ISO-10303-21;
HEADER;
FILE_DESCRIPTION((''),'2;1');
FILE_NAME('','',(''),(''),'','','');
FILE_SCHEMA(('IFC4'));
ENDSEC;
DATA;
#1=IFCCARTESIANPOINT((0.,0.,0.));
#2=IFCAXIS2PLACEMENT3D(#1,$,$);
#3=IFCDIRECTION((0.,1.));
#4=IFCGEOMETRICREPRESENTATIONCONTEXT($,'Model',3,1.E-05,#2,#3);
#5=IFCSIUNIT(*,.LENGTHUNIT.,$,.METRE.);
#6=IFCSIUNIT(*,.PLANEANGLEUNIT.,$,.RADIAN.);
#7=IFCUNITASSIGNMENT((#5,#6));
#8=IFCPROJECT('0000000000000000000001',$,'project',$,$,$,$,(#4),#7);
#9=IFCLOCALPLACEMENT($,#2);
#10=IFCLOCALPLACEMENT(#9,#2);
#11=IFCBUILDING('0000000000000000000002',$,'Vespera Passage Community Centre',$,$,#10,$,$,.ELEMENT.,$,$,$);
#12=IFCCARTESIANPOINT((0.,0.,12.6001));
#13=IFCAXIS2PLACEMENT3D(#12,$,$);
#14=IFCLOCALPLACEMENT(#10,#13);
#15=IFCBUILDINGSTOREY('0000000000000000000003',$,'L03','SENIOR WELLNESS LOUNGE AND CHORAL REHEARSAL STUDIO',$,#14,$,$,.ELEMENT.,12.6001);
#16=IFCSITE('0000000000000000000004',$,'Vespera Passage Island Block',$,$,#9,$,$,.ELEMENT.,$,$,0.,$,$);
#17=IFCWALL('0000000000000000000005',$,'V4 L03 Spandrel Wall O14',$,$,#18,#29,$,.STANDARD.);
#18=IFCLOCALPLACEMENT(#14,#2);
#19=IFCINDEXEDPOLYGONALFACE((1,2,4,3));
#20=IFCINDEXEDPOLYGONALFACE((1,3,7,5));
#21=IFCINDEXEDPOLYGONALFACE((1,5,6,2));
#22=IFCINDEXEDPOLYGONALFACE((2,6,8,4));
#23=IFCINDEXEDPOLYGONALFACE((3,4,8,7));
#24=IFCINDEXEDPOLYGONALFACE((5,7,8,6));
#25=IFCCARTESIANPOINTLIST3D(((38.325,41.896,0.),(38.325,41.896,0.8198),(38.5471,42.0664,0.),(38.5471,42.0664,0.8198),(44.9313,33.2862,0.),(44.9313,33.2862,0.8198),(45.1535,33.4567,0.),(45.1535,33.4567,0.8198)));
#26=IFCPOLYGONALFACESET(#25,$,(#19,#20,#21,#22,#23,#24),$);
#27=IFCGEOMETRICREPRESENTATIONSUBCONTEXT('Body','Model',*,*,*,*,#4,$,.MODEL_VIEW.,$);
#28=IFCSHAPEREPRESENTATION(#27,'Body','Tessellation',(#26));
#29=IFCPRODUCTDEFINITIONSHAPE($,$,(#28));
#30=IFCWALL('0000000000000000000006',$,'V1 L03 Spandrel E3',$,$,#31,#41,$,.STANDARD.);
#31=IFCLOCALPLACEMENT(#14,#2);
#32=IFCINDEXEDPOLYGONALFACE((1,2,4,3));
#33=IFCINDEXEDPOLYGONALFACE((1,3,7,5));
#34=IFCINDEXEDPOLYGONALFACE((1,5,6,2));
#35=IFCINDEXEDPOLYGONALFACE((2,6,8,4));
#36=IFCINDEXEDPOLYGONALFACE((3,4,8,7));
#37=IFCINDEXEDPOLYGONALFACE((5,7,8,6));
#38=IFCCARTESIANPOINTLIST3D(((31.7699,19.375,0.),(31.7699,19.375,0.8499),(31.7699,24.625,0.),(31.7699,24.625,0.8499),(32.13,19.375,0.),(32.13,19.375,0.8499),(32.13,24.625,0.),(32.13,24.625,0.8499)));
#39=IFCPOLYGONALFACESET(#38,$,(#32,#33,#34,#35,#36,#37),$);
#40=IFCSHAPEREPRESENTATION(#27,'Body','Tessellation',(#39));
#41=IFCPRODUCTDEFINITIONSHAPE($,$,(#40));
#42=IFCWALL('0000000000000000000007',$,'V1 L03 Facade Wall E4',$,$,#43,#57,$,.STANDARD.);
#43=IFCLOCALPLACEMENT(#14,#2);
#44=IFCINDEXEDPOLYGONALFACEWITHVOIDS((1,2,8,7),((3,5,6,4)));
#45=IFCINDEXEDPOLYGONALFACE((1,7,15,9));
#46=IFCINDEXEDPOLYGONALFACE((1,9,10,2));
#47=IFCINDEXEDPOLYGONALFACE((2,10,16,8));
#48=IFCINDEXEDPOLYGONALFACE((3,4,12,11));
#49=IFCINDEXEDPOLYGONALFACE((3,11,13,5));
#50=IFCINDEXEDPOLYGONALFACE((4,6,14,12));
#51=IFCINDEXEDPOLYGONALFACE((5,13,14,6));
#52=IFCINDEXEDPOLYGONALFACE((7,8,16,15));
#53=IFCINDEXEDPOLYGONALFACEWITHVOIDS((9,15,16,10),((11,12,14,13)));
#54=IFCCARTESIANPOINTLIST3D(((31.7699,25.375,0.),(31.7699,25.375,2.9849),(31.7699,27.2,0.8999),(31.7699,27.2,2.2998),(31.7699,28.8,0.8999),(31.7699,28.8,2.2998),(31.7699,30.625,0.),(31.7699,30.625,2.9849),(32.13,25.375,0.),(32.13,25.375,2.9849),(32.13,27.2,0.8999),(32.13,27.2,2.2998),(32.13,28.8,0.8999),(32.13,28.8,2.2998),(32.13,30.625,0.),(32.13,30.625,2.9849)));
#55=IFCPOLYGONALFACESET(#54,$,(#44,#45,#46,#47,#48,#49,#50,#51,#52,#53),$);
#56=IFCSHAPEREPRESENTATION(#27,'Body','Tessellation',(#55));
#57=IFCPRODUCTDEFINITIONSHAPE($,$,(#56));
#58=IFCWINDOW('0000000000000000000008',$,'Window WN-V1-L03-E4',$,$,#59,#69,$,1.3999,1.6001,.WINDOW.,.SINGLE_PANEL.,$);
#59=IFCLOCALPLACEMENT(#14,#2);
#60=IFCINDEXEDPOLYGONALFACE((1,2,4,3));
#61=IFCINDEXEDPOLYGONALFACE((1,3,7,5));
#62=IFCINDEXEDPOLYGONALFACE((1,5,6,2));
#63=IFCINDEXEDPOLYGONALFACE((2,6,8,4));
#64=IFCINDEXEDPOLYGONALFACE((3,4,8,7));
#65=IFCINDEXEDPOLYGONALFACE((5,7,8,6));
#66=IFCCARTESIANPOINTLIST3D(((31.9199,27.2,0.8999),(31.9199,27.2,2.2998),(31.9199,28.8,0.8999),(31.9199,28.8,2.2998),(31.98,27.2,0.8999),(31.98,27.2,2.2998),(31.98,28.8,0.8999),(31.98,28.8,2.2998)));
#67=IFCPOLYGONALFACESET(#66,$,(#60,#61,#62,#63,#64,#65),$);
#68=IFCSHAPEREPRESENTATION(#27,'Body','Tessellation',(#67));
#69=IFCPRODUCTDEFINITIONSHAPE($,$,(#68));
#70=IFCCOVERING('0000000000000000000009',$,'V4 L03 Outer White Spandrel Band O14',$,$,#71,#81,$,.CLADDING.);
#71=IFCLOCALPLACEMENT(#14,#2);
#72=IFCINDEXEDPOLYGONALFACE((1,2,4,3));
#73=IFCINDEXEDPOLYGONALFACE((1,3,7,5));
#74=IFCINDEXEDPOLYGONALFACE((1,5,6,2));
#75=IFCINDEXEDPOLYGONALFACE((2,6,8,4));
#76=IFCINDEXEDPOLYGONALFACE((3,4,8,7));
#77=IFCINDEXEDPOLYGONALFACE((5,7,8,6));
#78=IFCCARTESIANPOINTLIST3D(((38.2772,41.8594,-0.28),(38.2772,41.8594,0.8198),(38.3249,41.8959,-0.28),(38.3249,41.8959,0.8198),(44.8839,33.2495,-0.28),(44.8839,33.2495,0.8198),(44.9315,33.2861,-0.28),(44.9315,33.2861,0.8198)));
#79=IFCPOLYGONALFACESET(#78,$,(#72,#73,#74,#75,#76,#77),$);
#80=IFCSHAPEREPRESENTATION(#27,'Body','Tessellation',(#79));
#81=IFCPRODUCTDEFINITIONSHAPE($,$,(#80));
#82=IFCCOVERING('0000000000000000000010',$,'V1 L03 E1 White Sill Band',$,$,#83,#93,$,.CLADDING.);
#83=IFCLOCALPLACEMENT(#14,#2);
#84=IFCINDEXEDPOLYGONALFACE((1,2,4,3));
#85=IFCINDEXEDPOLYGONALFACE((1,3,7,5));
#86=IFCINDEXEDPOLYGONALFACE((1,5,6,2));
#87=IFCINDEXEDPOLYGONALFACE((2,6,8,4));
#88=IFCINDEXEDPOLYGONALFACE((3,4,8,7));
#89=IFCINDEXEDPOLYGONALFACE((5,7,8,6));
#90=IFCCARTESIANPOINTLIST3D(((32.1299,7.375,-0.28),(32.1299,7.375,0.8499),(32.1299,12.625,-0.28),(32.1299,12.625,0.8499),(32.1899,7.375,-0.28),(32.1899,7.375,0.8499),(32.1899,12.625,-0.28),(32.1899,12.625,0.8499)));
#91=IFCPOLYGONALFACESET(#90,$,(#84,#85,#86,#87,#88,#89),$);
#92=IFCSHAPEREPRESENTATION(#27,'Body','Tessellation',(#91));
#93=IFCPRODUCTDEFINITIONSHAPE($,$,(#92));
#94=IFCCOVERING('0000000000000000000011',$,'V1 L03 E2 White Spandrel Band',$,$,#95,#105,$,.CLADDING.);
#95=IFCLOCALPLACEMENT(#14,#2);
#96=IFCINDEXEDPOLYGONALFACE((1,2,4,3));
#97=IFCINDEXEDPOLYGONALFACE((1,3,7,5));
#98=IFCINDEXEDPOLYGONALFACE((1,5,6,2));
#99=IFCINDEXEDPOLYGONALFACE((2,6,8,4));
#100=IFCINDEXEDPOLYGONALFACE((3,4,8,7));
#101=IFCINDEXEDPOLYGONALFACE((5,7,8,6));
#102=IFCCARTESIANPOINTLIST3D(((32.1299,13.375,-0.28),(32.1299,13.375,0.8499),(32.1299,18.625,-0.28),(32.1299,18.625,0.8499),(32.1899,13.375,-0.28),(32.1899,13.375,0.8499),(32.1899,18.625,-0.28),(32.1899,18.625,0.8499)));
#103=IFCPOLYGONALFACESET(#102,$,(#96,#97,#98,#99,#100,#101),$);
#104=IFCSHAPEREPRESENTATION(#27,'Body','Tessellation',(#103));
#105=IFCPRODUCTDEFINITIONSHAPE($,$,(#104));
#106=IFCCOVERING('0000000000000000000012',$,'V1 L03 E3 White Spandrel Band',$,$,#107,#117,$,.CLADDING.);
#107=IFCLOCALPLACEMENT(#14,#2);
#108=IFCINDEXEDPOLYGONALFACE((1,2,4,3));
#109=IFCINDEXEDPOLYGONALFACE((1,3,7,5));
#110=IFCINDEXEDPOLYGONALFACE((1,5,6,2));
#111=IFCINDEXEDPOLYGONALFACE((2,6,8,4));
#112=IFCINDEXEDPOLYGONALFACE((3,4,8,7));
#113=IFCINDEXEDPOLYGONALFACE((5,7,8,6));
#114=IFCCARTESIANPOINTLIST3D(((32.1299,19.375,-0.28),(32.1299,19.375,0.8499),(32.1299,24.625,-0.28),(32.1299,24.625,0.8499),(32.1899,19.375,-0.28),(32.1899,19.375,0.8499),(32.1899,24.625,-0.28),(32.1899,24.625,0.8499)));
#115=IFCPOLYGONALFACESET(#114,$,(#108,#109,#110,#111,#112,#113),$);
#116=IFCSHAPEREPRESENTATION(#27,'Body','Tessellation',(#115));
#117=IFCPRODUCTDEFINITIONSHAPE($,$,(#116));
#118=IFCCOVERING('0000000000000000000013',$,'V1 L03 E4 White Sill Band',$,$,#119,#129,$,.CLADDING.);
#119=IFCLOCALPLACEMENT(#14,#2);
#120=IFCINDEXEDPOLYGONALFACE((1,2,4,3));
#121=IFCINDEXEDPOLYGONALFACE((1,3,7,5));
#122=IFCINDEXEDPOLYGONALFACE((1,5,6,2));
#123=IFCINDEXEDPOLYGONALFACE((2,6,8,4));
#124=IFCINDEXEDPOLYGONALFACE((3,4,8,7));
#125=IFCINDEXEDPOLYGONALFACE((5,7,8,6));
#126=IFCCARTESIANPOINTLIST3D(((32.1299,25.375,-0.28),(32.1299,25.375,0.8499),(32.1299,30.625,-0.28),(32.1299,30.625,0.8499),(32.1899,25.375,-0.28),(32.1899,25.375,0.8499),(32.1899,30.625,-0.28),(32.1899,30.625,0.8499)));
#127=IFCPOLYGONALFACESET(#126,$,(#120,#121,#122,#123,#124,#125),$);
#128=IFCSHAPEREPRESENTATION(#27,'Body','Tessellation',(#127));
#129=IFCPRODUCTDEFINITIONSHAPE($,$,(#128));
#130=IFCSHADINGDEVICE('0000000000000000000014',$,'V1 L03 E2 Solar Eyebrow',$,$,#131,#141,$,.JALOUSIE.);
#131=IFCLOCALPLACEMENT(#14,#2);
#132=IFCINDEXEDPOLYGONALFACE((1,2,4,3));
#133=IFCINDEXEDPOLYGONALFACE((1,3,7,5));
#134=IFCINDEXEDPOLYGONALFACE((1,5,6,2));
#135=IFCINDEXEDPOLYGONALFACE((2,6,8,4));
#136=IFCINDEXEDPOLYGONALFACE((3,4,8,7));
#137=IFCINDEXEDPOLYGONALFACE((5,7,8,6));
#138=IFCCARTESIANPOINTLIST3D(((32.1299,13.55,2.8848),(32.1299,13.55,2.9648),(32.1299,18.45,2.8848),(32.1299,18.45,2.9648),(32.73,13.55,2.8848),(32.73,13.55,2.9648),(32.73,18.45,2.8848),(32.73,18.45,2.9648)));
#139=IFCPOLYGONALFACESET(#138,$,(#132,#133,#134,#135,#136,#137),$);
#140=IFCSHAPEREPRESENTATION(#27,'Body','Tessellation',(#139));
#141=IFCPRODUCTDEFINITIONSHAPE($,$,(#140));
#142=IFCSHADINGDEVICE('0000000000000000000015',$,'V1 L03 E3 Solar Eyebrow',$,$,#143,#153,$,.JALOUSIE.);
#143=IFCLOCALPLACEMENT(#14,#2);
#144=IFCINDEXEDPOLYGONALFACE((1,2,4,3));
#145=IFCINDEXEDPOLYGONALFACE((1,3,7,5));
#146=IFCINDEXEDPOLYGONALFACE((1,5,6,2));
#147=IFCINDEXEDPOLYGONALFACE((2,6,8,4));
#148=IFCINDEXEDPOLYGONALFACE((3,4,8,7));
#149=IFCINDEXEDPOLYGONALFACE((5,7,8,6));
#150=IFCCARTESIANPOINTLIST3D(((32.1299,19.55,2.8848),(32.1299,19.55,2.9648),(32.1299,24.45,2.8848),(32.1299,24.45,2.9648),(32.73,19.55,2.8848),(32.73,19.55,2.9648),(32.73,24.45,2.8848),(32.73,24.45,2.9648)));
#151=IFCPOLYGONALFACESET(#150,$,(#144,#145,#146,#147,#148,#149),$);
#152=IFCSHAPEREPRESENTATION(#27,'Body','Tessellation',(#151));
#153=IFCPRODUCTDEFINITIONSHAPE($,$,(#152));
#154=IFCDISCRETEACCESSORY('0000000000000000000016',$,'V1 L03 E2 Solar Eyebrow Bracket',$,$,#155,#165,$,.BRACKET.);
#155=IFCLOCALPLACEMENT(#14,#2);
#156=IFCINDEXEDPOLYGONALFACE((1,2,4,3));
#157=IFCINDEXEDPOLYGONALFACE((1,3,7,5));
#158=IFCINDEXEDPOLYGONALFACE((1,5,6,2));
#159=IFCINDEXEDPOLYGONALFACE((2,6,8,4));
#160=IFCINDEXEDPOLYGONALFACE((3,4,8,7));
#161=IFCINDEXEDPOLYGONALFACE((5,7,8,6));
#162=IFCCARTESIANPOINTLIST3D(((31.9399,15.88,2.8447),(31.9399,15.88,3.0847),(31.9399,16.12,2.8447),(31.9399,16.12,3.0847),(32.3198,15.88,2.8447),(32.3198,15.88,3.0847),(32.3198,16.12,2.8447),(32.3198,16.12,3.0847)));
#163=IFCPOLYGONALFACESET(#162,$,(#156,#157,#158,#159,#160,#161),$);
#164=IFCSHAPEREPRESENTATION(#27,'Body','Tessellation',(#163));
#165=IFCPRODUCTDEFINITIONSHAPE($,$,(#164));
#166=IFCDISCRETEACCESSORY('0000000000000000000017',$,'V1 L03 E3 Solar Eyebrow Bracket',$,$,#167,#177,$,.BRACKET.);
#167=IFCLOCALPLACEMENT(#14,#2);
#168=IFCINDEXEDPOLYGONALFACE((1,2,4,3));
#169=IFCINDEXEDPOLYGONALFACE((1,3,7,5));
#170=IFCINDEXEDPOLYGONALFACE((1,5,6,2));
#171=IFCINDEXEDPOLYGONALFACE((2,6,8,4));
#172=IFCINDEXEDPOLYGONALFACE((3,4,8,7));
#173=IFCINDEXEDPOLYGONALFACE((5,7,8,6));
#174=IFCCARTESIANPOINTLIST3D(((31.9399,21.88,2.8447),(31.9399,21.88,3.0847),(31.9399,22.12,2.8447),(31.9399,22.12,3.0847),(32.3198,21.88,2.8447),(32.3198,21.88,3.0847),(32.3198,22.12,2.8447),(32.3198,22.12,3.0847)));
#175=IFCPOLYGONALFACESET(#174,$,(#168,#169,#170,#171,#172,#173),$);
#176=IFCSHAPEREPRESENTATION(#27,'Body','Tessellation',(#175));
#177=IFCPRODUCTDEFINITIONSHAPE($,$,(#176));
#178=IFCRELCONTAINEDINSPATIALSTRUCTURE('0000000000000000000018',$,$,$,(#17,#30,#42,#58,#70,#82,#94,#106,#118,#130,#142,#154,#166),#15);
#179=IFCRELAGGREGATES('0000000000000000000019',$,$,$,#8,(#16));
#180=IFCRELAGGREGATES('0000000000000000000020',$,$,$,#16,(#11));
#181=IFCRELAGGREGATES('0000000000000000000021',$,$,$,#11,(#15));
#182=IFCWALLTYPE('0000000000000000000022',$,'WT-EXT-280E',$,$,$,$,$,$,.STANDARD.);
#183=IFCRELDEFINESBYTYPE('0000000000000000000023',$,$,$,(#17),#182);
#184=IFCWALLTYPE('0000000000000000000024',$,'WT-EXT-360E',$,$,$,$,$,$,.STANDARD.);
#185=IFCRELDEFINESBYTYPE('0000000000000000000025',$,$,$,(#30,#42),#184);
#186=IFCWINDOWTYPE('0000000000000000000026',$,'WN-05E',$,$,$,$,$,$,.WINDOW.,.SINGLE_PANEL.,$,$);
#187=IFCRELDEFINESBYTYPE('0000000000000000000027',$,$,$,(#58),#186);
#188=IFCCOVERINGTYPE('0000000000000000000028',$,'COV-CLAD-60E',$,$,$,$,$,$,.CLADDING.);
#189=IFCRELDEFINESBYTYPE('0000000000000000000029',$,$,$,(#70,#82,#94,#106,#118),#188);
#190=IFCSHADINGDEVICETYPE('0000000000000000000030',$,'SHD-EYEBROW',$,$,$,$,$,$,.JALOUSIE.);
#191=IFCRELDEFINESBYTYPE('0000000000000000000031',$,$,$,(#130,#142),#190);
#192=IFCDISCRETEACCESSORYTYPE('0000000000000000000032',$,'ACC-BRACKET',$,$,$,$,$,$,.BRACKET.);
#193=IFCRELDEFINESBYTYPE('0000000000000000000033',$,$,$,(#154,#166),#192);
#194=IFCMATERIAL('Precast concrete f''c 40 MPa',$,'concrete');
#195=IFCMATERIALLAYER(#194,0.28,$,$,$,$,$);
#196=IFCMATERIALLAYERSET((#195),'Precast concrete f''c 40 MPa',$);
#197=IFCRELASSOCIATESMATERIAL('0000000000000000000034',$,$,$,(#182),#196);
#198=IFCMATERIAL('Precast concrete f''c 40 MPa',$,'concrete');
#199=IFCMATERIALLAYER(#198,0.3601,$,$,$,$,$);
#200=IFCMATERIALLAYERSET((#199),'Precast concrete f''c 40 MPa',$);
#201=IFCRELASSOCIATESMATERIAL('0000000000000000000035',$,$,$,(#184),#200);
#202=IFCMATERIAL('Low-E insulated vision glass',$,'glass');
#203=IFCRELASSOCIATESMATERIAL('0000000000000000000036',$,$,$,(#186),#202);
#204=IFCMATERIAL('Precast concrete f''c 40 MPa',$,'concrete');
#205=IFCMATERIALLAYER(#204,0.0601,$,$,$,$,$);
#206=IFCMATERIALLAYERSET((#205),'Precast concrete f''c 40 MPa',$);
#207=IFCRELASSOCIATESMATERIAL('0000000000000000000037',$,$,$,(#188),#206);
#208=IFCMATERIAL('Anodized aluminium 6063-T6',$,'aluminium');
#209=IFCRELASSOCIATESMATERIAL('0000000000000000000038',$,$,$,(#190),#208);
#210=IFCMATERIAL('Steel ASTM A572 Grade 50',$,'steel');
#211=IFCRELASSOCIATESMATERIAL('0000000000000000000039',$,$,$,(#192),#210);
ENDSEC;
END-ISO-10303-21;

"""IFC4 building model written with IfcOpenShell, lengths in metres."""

from ifc_helpers import new_model, si_unit, direction, frame, frame_2d, origin, origin_2d, place, context, subcontext, project, spatial, rectangle, extrude, material, layer, layer_set, type_object, element, fill, save


model = new_model("IFC4")

# Units and contexts
model_context = context("Model", 3, precision=1e-05, world=origin(), true_north=direction((0.0, 1.0)))
body_context = subcontext(model_context, "Body", "Model", "MODEL_VIEW")
ifc_project = project(units=[si_unit("LENGTHUNIT", "METRE"), si_unit("PLANEANGLEUNIT", "RADIAN")], contexts=[model_context])

# Site, building, storey
site_placement = place(None, origin())
site = spatial("IfcSite", under=ifc_project, at=site_placement, Name="Vespera Passage Island Block", CompositionType="ELEMENT", RefElevation=0.0)
building_placement = place(site_placement, origin())
building = spatial("IfcBuilding", under=site, at=building_placement, Name="Vespera Passage Community Centre", CompositionType="ELEMENT")
storey_placement = place(building_placement, frame((0.0, 0.0, 12.6001)))
storey = spatial("IfcBuildingStorey", under=building, at=storey_placement, Name="L03", Description="SENIOR WELLNESS LOUNGE AND CHORAL REHEARSAL STUDIO", CompositionType="ELEMENT", Elevation=12.6001)

# Walls
ifc_material_1 = material(Name="Precast concrete f'c 40 MPa", Category="concrete")
ifc_layer_1 = layer(ifc_material_1, 0.28)
ifc_layer_set_1 = layer_set([ifc_layer_1], Name="Precast concrete f'c 40 MPa")
wall_type_1 = type_object("IfcWallType", Name="WT-EXT-280E", PredefinedType="STANDARD", material=ifc_layer_set_1)
wall_1_placement = place(storey_placement, frame((45.0425, 33.3713, 0.0), z_axis=(0.0, 0.0, 1.0), x_axis=(-0.608754, 0.793359, 0.0)))
element("IfcWall", 1, at=wall_1_placement, inside=storey, type_object=wall_type_1, Name="V4 L03 Spandrel Wall O14", PredefinedType="STANDARD", context=body_context, shape_type="SweptSolid", body=[
    extrude(rectangle(XDim=10.8523, YDim=0.28, at=frame_2d((5.4263, 0.0))), origin(), (0.0, 0.0, 1.0), 0.8198),
])
ifc_material_2 = material(Name="Precast concrete f'c 40 MPa", Category="concrete")
ifc_layer_2 = layer(ifc_material_2, 0.3601)
ifc_layer_set_2 = layer_set([ifc_layer_2], Name="Precast concrete f'c 40 MPa")
wall_type_2 = type_object("IfcWallType", Name="WT-EXT-360E", PredefinedType="STANDARD", material=ifc_layer_set_2)
wall_2_placement = place(storey_placement, frame((31.95, 24.625, 0.0), z_axis=(0.0, 0.0, 1.0), x_axis=(0.0, -1.0, 0.0)))
element("IfcWall", 2, at=wall_2_placement, inside=storey, type_object=wall_type_2, Name="V1 L03 Spandrel E3", PredefinedType="STANDARD", context=body_context, shape_type="SweptSolid", body=[
    extrude(rectangle(XDim=5.25, YDim=0.3601, at=frame_2d((2.625, 0.0))), origin(), (0.0, 0.0, 1.0), 0.8499),
])

# Wall, opening, window
wall_3_placement = place(storey_placement, frame((31.95, 30.625, 0.0), z_axis=(0.0, 0.0, 1.0), x_axis=(0.0, -1.0, 0.0)))
wall_3 = element("IfcWall", 3, at=wall_3_placement, inside=storey, type_object=wall_type_2, Name="V1 L03 Facade Wall E4", PredefinedType="STANDARD", context=body_context, shape_type="SweptSolid", body=[
    extrude(rectangle(XDim=5.25, YDim=0.3601, at=frame_2d((2.625, 0.0))), origin(), (0.0, 0.0, 1.0), 2.9849),
])
opening_placement = place(wall_3_placement, frame((1.825, 0.0, 0.8999)))
opening = element("IfcOpeningElement", 4, at=opening_placement, cuts=wall_3, PredefinedType="OPENING", context=body_context, shape_type="SweptSolid", body=[
    extrude(rectangle(XDim=1.6001, YDim=1.3999, at=frame_2d((0.8, 0.7))), frame((0.0, 0.1902, 0.0), z_axis=(0.0, -1.0, 0.0), x_axis=(1.0, 0.0, 0.0)), (0.0, 0.0, 1.0), 0.3801),
])
ifc_material_3 = material(Name="Low-E insulated vision glass", Category="glass")
window_type = type_object("IfcWindowType", Name="WN-05E", PartitioningType="SINGLE_PANEL", PredefinedType="WINDOW", material=ifc_material_3)
window_placement = place(opening_placement, origin())
window = element("IfcWindow", 5, at=window_placement, inside=storey, type_object=window_type, Name="Window WN-V1-L03-E4", OverallHeight=1.3999, OverallWidth=1.6001, PartitioningType="SINGLE_PANEL", PredefinedType="WINDOW", context=body_context, shape_type="SweptSolid", body=[
    extrude(rectangle(XDim=1.6001, YDim=1.3999, at=frame_2d((0.8, 0.7))), frame((0.0, 0.03, 0.0), z_axis=(0.0, -1.0, 0.0), x_axis=(1.0, 0.0, 0.0)), (0.0, 0.0, 1.0), 0.0601),
])
fill(opening, window)

# Coverings
ifc_material_4 = material(Name="Precast concrete f'c 40 MPa", Category="concrete")
ifc_layer_3 = layer(ifc_material_4, 0.0601)
ifc_layer_set_3 = layer_set([ifc_layer_3], Name="Precast concrete f'c 40 MPa")
covering_type = type_object("IfcCoveringType", Name="COV-CLAD-60E", PredefinedType="CLADDING", material=ifc_layer_set_3)
covering_placement = place(storey_placement, frame((44.9077, 33.2678, -0.28), z_axis=(0.0, 0.0, 1.0), x_axis=(-0.608768, 0.793348, 0.0)))
element("IfcCovering", 6, at=covering_placement, inside=storey, type_object=covering_type, Name="V4 L03 Outer White Spandrel Band O14", PredefinedType="CLADDING", context=body_context, shape_type="SweptSolid", body=[
    extrude(rectangle(XDim=10.8525, YDim=0.0601, at=frame_2d((5.4263, 0.0))), origin(), (0.0, 0.0, 1.0), 1.0999),
])
for number, where, z_axis, x_axis, name in (
    (7, (32.1599, 12.625, -0.28), (0.0, 0.0, 1.0), (0.0, -1.0, 0.0), "V1 L03 E1 White Sill Band"),
    (8, (32.1599, 18.625, -0.28), (0.0, 0.0, 1.0), (0.0, -1.0, 0.0), "V1 L03 E2 White Spandrel Band"),
    (9, (32.1599, 24.625, -0.28), (0.0, 0.0, 1.0), (0.0, -1.0, 0.0), "V1 L03 E3 White Spandrel Band"),
    (10, (32.1599, 30.625, -0.28), (0.0, 0.0, 1.0), (0.0, -1.0, 0.0), "V1 L03 E4 White Sill Band"),
):
    element("IfcCovering", number, at=place(storey_placement, frame(where, z_axis=z_axis, x_axis=x_axis)), inside=storey, type_object=covering_type, Name=name, PredefinedType="CLADDING", context=body_context, shape_type="SweptSolid", body=[
        extrude(rectangle(XDim=5.25, YDim=0.0601, at=frame_2d((2.625, 0.0))), origin(), (0.0, 0.0, 1.0), 1.1299),
    ])

# Shading devices
ifc_material_5 = material(Name="Anodized aluminium 6063-T6", Category="aluminium")
shading_device_type = type_object("IfcShadingDeviceType", Name="SHD-EYEBROW", PredefinedType="JALOUSIE", material=ifc_material_5)
for number, where, z_axis, x_axis, name in (
    (11, (32.4299, 16.0, 2.8848), (0.0, 0.0, 1.0), (0.0, -1.0, 0.0), "V1 L03 E2 Solar Eyebrow"),
    (12, (32.4299, 22.0, 2.8848), (0.0, 0.0, 1.0), (0.0, -1.0, 0.0), "V1 L03 E3 Solar Eyebrow"),
):
    element("IfcShadingDevice", number, at=place(storey_placement, frame(where, z_axis=z_axis, x_axis=x_axis)), inside=storey, type_object=shading_device_type, Name=name, PredefinedType="JALOUSIE", context=body_context, shape_type="SweptSolid", body=[
        extrude(rectangle(XDim=4.8999, YDim=0.6001, at=origin_2d()), origin(), (0.0, 0.0, 1.0), 0.0801),
    ])

# Discrete accessories
ifc_material_6 = material(Name="Steel ASTM A572 Grade 50", Category="steel")
discrete_accessory_type = type_object("IfcDiscreteAccessoryType", Name="ACC-BRACKET", PredefinedType="BRACKET", material=ifc_material_6)
for number, where, z_axis, x_axis, name in (
    (13, (32.1299, 16.0, 2.8447), (0.0, 0.0, 1.0), (0.0, -1.0, 0.0), "V1 L03 E2 Solar Eyebrow Bracket"),
    (14, (32.1299, 22.0, 2.8447), (0.0, 0.0, 1.0), (0.0, -1.0, 0.0), "V1 L03 E3 Solar Eyebrow Bracket"),
):
    element("IfcDiscreteAccessory", number, at=place(storey_placement, frame(where, z_axis=z_axis, x_axis=x_axis)), inside=storey, type_object=discrete_accessory_type, Name=name, PredefinedType="BRACKET", context=body_context, shape_type="SweptSolid", body=[
        extrude(rectangle(XDim=0.24, YDim=0.3799, at=origin_2d()), origin(), (0.0, 0.0, 1.0), 0.24),
    ])

save(model, "model.ifc")
